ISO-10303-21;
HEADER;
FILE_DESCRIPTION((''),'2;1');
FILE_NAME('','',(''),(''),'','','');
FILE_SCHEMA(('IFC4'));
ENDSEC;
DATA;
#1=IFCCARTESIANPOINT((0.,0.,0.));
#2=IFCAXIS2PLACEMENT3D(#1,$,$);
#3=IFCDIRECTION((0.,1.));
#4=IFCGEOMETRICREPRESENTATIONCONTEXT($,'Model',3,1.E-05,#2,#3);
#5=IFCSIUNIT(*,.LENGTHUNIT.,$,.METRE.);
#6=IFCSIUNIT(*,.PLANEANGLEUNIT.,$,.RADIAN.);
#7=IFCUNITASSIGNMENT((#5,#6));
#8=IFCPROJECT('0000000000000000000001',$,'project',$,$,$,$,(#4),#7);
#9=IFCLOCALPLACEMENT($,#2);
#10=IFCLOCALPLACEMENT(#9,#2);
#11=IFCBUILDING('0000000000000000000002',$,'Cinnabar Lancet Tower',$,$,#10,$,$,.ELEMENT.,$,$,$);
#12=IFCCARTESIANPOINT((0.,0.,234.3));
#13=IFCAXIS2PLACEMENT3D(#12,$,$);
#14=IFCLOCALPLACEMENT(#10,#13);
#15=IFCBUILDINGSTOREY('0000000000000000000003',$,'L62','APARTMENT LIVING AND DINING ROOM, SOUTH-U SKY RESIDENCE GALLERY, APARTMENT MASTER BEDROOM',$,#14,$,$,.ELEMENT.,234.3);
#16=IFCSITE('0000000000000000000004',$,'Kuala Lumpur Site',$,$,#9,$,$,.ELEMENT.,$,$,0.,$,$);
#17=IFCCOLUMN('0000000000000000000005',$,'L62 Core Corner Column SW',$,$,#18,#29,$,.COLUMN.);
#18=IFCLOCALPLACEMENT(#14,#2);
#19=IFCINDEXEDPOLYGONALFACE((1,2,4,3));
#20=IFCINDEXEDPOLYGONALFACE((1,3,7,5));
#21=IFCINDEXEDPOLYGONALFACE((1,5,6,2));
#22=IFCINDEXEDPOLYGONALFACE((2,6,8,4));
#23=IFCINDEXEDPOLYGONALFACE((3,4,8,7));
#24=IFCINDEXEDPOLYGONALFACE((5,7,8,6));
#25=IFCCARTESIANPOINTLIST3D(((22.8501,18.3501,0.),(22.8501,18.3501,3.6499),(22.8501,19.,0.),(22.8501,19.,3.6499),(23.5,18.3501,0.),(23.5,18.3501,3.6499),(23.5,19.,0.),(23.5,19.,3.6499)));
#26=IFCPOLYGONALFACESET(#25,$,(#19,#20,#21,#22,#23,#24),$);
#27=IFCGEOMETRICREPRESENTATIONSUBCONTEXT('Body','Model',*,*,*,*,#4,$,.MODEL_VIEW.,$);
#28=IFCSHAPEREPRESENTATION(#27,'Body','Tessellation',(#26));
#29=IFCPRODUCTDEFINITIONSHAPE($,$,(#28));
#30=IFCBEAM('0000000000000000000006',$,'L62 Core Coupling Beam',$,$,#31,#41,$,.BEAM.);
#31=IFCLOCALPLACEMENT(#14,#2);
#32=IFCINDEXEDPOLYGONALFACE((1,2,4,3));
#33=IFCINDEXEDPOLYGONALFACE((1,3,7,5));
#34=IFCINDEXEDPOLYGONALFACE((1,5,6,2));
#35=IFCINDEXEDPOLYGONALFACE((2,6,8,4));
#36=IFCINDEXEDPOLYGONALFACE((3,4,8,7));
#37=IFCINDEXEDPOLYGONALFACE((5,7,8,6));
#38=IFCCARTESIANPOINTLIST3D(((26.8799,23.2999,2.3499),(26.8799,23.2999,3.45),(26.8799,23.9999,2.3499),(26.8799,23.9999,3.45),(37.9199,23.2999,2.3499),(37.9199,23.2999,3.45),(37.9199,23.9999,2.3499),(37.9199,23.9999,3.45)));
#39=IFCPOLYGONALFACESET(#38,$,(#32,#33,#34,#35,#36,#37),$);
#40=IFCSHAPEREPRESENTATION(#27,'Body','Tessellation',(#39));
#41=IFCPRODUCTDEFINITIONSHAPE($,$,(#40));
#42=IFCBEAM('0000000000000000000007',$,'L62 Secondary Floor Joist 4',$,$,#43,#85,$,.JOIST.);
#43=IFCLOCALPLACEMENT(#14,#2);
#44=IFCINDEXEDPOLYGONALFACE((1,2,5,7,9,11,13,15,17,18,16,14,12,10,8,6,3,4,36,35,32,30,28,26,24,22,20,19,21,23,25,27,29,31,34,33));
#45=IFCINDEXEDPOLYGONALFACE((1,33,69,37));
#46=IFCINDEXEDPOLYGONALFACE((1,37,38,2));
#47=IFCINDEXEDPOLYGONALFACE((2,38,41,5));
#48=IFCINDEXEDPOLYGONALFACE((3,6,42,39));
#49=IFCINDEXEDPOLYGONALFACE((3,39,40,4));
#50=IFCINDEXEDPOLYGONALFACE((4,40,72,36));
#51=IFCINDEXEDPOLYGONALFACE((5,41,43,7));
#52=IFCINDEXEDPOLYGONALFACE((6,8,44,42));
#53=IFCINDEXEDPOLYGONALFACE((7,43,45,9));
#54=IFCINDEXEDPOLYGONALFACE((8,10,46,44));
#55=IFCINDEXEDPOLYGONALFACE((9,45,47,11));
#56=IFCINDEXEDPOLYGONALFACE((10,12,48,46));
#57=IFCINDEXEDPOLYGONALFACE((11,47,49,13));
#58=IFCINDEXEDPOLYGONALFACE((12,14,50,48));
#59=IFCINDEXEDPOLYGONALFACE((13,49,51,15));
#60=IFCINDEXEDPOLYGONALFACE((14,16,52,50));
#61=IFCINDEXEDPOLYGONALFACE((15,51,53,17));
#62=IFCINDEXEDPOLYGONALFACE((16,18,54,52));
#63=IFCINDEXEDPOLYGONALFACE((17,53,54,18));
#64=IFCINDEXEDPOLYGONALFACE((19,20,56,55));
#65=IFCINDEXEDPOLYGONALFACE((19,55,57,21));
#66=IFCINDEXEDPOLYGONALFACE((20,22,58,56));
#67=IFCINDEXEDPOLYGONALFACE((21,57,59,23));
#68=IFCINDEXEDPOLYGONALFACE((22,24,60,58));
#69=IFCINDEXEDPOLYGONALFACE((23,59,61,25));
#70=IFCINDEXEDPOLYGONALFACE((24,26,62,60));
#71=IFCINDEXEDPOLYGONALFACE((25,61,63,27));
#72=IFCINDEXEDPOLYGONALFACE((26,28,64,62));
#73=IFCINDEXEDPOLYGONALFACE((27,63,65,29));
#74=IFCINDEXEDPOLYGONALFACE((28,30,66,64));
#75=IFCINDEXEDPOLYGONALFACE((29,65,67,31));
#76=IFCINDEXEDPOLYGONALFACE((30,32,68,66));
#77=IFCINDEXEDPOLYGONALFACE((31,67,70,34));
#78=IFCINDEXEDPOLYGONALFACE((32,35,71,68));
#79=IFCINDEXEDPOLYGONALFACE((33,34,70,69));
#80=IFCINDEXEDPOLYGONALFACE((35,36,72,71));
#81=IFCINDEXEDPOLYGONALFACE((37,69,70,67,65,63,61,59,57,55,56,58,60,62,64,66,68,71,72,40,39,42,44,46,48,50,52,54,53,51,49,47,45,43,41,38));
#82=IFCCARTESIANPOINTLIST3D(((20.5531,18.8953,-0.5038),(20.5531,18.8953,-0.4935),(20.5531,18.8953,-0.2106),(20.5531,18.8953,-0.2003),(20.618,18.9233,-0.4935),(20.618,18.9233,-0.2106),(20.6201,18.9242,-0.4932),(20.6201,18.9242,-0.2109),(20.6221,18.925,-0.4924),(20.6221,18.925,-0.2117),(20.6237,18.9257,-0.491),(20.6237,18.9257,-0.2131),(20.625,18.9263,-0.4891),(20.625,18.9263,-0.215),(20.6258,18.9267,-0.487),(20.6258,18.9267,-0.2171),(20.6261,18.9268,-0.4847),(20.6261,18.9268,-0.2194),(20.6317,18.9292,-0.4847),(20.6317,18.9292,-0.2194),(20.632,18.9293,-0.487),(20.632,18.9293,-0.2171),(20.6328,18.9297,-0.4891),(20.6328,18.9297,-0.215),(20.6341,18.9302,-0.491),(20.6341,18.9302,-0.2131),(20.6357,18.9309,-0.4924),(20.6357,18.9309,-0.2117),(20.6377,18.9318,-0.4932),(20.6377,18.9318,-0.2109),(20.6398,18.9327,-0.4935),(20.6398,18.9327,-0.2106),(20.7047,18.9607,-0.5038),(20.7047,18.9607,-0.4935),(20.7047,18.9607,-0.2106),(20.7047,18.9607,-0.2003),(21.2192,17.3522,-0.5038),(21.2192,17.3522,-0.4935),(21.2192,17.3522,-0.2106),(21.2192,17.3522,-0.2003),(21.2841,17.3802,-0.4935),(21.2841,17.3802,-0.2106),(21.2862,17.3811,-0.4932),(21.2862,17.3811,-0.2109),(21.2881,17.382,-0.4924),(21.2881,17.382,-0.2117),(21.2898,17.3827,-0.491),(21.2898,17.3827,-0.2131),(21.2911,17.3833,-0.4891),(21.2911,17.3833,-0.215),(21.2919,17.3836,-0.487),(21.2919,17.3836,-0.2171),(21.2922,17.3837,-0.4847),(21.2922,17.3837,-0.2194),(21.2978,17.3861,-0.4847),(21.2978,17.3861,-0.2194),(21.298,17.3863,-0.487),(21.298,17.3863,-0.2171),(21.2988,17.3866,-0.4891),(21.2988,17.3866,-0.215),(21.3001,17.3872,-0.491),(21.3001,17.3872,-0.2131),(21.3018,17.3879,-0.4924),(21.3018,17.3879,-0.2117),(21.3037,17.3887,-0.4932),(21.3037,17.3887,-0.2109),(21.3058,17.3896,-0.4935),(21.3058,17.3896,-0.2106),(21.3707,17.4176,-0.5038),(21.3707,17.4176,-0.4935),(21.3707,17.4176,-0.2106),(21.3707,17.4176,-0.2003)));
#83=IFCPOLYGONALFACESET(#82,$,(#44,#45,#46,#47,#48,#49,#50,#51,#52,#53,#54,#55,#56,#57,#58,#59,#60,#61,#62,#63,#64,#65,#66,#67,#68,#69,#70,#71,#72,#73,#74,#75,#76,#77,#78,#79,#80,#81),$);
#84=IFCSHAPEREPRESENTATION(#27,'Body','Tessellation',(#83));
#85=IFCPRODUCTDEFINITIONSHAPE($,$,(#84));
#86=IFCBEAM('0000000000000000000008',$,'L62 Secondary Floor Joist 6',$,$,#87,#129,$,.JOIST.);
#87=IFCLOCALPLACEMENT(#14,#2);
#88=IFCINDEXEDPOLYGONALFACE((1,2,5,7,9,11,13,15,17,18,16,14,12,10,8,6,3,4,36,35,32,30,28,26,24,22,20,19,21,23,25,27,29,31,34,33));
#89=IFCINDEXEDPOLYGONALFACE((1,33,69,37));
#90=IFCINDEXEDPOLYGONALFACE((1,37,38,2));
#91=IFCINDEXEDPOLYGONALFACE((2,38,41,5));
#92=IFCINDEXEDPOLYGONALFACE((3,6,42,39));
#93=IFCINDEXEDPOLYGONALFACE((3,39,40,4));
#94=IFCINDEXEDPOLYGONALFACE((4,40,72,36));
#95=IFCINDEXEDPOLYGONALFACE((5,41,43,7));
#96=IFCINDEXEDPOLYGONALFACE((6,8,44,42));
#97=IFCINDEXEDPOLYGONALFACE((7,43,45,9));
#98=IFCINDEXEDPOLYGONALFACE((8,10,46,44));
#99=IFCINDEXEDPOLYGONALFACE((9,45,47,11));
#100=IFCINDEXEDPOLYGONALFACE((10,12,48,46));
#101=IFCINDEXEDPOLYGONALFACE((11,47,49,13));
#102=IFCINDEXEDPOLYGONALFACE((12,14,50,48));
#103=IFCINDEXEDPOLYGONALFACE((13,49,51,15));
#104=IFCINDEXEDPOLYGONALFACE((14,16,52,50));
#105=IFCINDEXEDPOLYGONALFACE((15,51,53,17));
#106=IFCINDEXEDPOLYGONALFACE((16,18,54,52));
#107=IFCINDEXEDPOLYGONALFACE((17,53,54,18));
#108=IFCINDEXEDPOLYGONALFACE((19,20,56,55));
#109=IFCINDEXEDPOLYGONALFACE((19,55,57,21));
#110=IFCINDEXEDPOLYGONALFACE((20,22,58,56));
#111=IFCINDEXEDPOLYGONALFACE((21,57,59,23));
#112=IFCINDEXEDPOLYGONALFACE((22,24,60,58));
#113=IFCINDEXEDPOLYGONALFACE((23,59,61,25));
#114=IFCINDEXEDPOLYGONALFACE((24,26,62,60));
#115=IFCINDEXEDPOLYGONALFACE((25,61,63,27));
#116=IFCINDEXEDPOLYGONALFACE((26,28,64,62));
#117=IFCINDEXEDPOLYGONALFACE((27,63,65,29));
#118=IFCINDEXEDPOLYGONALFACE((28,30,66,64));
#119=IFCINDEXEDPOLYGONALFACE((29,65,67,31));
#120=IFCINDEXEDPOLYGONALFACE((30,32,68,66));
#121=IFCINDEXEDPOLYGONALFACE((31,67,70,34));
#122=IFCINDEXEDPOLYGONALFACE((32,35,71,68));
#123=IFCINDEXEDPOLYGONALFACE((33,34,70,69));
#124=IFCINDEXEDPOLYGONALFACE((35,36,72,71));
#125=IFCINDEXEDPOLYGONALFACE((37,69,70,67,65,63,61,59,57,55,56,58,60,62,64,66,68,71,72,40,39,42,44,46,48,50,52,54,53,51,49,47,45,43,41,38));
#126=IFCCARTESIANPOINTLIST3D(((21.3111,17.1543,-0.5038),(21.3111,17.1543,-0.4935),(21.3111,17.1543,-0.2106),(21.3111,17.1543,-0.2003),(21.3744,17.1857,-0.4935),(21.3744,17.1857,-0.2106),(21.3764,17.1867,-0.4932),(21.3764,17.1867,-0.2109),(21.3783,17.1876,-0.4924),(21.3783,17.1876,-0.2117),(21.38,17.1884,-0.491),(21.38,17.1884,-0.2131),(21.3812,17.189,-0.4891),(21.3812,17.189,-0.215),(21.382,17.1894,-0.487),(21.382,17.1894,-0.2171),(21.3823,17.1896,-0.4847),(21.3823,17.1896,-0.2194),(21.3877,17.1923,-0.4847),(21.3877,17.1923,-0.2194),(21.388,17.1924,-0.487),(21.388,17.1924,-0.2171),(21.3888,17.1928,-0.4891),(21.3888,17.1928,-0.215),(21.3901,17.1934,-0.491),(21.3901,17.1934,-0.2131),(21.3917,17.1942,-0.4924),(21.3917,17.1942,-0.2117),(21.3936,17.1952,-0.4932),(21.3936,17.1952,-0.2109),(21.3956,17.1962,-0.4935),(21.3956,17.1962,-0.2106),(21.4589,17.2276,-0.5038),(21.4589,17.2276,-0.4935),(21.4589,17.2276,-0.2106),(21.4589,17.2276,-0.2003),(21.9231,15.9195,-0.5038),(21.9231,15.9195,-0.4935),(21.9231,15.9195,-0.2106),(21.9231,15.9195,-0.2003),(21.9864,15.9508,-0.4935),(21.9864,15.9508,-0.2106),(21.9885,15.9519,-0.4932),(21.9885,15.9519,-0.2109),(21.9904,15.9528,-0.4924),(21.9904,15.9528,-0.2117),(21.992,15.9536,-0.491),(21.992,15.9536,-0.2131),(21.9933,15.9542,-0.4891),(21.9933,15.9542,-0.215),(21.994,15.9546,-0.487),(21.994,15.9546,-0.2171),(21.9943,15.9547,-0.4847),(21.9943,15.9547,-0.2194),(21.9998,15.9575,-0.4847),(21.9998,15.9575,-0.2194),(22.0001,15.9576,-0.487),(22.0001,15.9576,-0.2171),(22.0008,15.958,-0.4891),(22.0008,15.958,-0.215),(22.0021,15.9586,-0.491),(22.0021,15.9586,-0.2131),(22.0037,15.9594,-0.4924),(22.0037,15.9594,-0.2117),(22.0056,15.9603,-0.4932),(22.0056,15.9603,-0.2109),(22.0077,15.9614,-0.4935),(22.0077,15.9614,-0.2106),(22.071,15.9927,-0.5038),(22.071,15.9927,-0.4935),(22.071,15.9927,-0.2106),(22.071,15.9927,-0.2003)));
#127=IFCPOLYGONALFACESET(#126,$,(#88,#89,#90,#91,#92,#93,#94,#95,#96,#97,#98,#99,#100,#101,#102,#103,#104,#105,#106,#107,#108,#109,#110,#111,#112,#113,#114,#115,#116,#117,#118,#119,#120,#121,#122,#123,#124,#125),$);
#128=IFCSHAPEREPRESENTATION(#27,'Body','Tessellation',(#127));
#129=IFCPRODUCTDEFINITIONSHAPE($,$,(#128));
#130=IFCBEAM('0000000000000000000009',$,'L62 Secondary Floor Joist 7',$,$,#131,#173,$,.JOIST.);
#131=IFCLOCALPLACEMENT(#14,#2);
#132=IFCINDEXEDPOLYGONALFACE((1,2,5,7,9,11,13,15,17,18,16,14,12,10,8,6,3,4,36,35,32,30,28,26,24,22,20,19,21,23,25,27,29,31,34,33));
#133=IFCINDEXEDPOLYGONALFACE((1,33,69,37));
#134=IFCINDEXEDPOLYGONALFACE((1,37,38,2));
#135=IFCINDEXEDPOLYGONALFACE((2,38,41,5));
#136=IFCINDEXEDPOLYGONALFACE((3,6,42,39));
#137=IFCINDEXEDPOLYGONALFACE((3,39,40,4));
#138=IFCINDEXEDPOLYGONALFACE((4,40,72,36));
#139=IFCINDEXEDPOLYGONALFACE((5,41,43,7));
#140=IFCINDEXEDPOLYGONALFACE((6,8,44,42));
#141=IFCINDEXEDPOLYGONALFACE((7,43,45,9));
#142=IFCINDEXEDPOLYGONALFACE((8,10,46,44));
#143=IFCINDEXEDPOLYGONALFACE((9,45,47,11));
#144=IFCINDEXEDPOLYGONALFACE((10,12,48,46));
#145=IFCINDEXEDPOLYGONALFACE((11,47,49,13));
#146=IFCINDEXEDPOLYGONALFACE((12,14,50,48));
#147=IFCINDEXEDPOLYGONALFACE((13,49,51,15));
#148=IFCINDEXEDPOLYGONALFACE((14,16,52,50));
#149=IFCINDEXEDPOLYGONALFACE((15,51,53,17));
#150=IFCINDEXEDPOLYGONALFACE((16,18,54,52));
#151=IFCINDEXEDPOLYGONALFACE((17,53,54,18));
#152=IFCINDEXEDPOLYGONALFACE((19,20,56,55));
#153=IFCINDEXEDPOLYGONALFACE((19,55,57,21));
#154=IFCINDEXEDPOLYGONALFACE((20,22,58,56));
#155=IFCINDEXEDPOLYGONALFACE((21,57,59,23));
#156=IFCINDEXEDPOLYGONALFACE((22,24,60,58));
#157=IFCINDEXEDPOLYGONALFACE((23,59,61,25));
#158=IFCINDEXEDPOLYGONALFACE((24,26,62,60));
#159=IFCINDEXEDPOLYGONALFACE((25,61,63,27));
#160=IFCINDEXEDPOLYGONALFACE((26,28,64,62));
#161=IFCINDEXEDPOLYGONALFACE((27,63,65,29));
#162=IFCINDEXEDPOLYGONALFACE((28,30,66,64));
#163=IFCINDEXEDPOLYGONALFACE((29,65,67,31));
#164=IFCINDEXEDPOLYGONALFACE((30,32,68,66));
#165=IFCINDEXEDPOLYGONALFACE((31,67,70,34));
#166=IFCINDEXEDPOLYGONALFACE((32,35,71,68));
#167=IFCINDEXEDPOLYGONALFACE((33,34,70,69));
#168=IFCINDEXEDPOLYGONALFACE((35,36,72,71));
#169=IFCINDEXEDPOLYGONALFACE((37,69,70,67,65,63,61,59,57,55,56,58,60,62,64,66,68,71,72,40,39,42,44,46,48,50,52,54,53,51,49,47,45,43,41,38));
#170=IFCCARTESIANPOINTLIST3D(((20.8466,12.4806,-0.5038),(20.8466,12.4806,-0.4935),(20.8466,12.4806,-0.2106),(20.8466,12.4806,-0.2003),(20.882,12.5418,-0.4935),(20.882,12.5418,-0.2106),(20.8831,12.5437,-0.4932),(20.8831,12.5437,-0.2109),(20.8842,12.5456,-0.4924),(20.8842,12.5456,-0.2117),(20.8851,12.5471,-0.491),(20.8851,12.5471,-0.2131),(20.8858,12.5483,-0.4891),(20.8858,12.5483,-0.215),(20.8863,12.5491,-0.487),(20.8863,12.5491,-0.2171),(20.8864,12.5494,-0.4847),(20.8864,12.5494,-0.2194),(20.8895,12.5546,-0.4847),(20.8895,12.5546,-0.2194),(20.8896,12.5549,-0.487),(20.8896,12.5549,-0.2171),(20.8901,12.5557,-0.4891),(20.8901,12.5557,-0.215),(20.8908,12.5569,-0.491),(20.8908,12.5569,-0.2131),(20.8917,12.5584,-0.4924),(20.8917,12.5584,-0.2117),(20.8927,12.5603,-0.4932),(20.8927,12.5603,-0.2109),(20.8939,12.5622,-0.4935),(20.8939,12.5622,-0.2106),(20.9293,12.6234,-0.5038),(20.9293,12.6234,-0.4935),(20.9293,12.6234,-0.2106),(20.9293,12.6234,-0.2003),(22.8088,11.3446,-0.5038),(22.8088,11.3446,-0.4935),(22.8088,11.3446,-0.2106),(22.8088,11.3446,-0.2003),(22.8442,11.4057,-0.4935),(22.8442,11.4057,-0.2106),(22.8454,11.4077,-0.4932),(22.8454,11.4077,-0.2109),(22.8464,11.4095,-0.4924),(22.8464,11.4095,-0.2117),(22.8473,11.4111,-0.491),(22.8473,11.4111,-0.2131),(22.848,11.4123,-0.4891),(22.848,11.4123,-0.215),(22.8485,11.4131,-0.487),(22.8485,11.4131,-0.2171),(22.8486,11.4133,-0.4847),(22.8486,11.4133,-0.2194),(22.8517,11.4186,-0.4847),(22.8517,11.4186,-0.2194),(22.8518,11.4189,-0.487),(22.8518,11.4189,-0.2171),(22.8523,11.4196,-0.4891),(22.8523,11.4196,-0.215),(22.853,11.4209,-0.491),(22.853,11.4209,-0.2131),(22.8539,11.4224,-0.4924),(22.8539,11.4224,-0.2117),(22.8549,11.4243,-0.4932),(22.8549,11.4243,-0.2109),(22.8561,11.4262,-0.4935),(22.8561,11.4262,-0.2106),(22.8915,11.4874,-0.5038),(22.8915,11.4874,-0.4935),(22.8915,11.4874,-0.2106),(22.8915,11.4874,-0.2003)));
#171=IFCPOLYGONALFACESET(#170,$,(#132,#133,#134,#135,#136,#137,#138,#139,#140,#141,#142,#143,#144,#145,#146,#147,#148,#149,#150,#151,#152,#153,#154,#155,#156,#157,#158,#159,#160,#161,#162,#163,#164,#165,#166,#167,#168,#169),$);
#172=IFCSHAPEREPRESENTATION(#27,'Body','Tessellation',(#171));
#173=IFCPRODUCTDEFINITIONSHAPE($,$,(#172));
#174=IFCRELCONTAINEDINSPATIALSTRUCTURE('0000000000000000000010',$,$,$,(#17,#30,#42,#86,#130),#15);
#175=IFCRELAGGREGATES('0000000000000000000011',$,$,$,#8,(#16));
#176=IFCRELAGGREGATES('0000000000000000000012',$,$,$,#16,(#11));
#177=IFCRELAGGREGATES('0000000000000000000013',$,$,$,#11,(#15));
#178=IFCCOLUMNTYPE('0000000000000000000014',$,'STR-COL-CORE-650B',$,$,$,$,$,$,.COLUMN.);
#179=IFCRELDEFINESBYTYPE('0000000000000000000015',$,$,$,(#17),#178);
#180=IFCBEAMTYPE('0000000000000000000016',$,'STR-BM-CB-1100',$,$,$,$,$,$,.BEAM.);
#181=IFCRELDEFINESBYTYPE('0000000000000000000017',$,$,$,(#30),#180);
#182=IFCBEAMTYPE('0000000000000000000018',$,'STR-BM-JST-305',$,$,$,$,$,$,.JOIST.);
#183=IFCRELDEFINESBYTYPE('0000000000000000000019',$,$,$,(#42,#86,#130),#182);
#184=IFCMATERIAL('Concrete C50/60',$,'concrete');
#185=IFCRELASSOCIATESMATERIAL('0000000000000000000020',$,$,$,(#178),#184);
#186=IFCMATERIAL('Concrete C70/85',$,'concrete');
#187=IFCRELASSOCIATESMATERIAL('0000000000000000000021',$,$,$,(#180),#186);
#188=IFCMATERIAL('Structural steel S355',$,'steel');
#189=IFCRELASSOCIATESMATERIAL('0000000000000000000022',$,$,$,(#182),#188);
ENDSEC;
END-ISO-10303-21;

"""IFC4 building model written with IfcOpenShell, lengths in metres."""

from ifc_helpers import new_model, si_unit, direction, frame, origin, origin_2d, place, context, subcontext, project, spatial, rectangle, i_section, extrude, material, material_profile, profile_set, type_object, element, save


model = new_model("IFC4")

# Units and contexts
model_context = context("Model", 3, precision=1e-05, world=origin(), true_north=direction((0.0, 1.0)))
body_context = subcontext(model_context, "Body", "Model", "MODEL_VIEW")
ifc_project = project(units=[si_unit("LENGTHUNIT", "METRE"), si_unit("PLANEANGLEUNIT", "RADIAN")], contexts=[model_context])

# Site, building, storey
site_placement = place(None, origin())
site = spatial("IfcSite", under=ifc_project, at=site_placement, Name="Kuala Lumpur Site", CompositionType="ELEMENT", RefElevation=0.0)
building_placement = place(site_placement, origin())
building = spatial("IfcBuilding", under=site, at=building_placement, Name="Cinnabar Lancet Tower", CompositionType="ELEMENT")
storey_placement = place(building_placement, frame((0.0, 0.0, 234.3)))
storey = spatial("IfcBuildingStorey", under=building, at=storey_placement, Name="L62", Description="APARTMENT LIVING AND DINING ROOM, SOUTH-U SKY RESIDENCE GALLERY, APARTMENT MASTER BEDROOM", CompositionType="ELEMENT", Elevation=234.3)

# Column
ifc_material_1 = material(Name="Concrete C50/60", Category="concrete")
ifc_material_profile_1 = material_profile(ifc_material_1, rectangle(XDim=0.6499, YDim=0.6499, at=origin_2d()), Name="RC-COL 650x650")
ifc_profile_set_1 = profile_set([ifc_material_profile_1], Name="Concrete C50/60")
column_type = type_object("IfcColumnType", Name="STR-COL-CORE-650B", PredefinedType="COLUMN", material=ifc_profile_set_1)
column_placement = place(storey_placement, frame((23.175, 18.675, 0.0), z_axis=(0.0, 0.0, 1.0), x_axis=(1.0, 0.0, 0.0)))
element("IfcColumn", 1, at=column_placement, inside=storey, type_object=column_type, Name="L62 Core Corner Column SW", PredefinedType="COLUMN", context=body_context, shape_type="SweptSolid", body=[
    extrude(rectangle(XDim=0.6499, YDim=0.6499, at=origin_2d()), origin(), (0.0, 0.0, 1.0), 3.6499),
])

# Beams
ifc_material_2 = material(Name="Concrete C70/85", Category="concrete")
ifc_material_profile_2 = material_profile(ifc_material_2, rectangle(XDim=0.7, YDim=1.1001, at=origin_2d()), Name="RC-CB 700x1100")
ifc_profile_set_2 = profile_set([ifc_material_profile_2], Name="Concrete C70/85")
beam_type_1 = type_object("IfcBeamType", Name="STR-BM-CB-1100", PredefinedType="BEAM", material=ifc_profile_set_2)
beam_1_placement = place(storey_placement, frame((26.8799, 23.6499, 2.8999), z_axis=(1.0, 0.0, 0.0), x_axis=(0.0, 1.0, 0.0)))
element("IfcBeam", 2, at=beam_1_placement, inside=storey, type_object=beam_type_1, Name="L62 Core Coupling Beam", PredefinedType="BEAM", context=body_context, shape_type="SweptSolid", body=[
    extrude(rectangle(XDim=0.7, YDim=1.1001, at=origin_2d()), origin(), (0.0, 0.0, 1.0), 11.04),
])
ifc_material_3 = material(Name="Structural steel S355", Category="steel")
ifc_material_profile_3 = material_profile(ifc_material_3, i_section(OverallWidth=0.165, OverallDepth=0.3035, WebThickness=0.0061, FlangeThickness=0.0103, FilletRadius=0.0088, at=origin_2d()), Name="UKB 305x165x40")
ifc_profile_set_3 = profile_set([ifc_material_profile_3], Name="Structural steel S355")
beam_type_2 = type_object("IfcBeamType", Name="STR-BM-JST-305", PredefinedType="JOIST", material=ifc_profile_set_3)
beam_2_placement = place(storey_placement, frame((20.6289, 18.928, -0.3521), z_axis=(0.396302, -0.91812, 0.0), x_axis=(0.91812, 0.396302, 0.0)))
element("IfcBeam", 3, at=beam_2_placement, inside=storey, type_object=beam_type_2, Name="L62 Secondary Floor Joist 4", PredefinedType="JOIST", context=body_context, shape_type="SweptSolid", body=[
    extrude(i_section(OverallWidth=0.165, OverallDepth=0.3035, WebThickness=0.0061, FlangeThickness=0.0103, FilletRadius=0.0088, at=origin_2d()), origin(), (0.0, 0.0, 1.0), 1.6807),
])
beam_3_placement = place(storey_placement, frame((21.385, 17.1909, -0.3521), z_axis=(0.444093, -0.895981, 0.0), x_axis=(0.895981, 0.444093, 0.0)))
element("IfcBeam", 4, at=beam_3_placement, inside=storey, type_object=beam_type_2, Name="L62 Secondary Floor Joist 6", PredefinedType="JOIST", context=body_context, shape_type="SweptSolid", body=[
    extrude(i_section(OverallWidth=0.165, OverallDepth=0.3035, WebThickness=0.0061, FlangeThickness=0.0103, FilletRadius=0.0088, at=origin_2d()), origin(), (0.0, 0.0, 1.0), 1.3782),
])
beam_4_placement = place(storey_placement, frame((20.8879, 12.552, -0.3521), z_axis=(0.865426, -0.501036, 0.0), x_axis=(0.501036, 0.865426, 0.0)))
element("IfcBeam", 5, at=beam_4_placement, inside=storey, type_object=beam_type_2, Name="L62 Secondary Floor Joist 7", PredefinedType="JOIST", context=body_context, shape_type="SweptSolid", body=[
    extrude(i_section(OverallWidth=0.165, OverallDepth=0.3035, WebThickness=0.0061, FlangeThickness=0.0103, FilletRadius=0.0088, at=origin_2d()), origin(), (0.0, 0.0, 1.0), 2.2673),
])

save(model, "model.ifc")
